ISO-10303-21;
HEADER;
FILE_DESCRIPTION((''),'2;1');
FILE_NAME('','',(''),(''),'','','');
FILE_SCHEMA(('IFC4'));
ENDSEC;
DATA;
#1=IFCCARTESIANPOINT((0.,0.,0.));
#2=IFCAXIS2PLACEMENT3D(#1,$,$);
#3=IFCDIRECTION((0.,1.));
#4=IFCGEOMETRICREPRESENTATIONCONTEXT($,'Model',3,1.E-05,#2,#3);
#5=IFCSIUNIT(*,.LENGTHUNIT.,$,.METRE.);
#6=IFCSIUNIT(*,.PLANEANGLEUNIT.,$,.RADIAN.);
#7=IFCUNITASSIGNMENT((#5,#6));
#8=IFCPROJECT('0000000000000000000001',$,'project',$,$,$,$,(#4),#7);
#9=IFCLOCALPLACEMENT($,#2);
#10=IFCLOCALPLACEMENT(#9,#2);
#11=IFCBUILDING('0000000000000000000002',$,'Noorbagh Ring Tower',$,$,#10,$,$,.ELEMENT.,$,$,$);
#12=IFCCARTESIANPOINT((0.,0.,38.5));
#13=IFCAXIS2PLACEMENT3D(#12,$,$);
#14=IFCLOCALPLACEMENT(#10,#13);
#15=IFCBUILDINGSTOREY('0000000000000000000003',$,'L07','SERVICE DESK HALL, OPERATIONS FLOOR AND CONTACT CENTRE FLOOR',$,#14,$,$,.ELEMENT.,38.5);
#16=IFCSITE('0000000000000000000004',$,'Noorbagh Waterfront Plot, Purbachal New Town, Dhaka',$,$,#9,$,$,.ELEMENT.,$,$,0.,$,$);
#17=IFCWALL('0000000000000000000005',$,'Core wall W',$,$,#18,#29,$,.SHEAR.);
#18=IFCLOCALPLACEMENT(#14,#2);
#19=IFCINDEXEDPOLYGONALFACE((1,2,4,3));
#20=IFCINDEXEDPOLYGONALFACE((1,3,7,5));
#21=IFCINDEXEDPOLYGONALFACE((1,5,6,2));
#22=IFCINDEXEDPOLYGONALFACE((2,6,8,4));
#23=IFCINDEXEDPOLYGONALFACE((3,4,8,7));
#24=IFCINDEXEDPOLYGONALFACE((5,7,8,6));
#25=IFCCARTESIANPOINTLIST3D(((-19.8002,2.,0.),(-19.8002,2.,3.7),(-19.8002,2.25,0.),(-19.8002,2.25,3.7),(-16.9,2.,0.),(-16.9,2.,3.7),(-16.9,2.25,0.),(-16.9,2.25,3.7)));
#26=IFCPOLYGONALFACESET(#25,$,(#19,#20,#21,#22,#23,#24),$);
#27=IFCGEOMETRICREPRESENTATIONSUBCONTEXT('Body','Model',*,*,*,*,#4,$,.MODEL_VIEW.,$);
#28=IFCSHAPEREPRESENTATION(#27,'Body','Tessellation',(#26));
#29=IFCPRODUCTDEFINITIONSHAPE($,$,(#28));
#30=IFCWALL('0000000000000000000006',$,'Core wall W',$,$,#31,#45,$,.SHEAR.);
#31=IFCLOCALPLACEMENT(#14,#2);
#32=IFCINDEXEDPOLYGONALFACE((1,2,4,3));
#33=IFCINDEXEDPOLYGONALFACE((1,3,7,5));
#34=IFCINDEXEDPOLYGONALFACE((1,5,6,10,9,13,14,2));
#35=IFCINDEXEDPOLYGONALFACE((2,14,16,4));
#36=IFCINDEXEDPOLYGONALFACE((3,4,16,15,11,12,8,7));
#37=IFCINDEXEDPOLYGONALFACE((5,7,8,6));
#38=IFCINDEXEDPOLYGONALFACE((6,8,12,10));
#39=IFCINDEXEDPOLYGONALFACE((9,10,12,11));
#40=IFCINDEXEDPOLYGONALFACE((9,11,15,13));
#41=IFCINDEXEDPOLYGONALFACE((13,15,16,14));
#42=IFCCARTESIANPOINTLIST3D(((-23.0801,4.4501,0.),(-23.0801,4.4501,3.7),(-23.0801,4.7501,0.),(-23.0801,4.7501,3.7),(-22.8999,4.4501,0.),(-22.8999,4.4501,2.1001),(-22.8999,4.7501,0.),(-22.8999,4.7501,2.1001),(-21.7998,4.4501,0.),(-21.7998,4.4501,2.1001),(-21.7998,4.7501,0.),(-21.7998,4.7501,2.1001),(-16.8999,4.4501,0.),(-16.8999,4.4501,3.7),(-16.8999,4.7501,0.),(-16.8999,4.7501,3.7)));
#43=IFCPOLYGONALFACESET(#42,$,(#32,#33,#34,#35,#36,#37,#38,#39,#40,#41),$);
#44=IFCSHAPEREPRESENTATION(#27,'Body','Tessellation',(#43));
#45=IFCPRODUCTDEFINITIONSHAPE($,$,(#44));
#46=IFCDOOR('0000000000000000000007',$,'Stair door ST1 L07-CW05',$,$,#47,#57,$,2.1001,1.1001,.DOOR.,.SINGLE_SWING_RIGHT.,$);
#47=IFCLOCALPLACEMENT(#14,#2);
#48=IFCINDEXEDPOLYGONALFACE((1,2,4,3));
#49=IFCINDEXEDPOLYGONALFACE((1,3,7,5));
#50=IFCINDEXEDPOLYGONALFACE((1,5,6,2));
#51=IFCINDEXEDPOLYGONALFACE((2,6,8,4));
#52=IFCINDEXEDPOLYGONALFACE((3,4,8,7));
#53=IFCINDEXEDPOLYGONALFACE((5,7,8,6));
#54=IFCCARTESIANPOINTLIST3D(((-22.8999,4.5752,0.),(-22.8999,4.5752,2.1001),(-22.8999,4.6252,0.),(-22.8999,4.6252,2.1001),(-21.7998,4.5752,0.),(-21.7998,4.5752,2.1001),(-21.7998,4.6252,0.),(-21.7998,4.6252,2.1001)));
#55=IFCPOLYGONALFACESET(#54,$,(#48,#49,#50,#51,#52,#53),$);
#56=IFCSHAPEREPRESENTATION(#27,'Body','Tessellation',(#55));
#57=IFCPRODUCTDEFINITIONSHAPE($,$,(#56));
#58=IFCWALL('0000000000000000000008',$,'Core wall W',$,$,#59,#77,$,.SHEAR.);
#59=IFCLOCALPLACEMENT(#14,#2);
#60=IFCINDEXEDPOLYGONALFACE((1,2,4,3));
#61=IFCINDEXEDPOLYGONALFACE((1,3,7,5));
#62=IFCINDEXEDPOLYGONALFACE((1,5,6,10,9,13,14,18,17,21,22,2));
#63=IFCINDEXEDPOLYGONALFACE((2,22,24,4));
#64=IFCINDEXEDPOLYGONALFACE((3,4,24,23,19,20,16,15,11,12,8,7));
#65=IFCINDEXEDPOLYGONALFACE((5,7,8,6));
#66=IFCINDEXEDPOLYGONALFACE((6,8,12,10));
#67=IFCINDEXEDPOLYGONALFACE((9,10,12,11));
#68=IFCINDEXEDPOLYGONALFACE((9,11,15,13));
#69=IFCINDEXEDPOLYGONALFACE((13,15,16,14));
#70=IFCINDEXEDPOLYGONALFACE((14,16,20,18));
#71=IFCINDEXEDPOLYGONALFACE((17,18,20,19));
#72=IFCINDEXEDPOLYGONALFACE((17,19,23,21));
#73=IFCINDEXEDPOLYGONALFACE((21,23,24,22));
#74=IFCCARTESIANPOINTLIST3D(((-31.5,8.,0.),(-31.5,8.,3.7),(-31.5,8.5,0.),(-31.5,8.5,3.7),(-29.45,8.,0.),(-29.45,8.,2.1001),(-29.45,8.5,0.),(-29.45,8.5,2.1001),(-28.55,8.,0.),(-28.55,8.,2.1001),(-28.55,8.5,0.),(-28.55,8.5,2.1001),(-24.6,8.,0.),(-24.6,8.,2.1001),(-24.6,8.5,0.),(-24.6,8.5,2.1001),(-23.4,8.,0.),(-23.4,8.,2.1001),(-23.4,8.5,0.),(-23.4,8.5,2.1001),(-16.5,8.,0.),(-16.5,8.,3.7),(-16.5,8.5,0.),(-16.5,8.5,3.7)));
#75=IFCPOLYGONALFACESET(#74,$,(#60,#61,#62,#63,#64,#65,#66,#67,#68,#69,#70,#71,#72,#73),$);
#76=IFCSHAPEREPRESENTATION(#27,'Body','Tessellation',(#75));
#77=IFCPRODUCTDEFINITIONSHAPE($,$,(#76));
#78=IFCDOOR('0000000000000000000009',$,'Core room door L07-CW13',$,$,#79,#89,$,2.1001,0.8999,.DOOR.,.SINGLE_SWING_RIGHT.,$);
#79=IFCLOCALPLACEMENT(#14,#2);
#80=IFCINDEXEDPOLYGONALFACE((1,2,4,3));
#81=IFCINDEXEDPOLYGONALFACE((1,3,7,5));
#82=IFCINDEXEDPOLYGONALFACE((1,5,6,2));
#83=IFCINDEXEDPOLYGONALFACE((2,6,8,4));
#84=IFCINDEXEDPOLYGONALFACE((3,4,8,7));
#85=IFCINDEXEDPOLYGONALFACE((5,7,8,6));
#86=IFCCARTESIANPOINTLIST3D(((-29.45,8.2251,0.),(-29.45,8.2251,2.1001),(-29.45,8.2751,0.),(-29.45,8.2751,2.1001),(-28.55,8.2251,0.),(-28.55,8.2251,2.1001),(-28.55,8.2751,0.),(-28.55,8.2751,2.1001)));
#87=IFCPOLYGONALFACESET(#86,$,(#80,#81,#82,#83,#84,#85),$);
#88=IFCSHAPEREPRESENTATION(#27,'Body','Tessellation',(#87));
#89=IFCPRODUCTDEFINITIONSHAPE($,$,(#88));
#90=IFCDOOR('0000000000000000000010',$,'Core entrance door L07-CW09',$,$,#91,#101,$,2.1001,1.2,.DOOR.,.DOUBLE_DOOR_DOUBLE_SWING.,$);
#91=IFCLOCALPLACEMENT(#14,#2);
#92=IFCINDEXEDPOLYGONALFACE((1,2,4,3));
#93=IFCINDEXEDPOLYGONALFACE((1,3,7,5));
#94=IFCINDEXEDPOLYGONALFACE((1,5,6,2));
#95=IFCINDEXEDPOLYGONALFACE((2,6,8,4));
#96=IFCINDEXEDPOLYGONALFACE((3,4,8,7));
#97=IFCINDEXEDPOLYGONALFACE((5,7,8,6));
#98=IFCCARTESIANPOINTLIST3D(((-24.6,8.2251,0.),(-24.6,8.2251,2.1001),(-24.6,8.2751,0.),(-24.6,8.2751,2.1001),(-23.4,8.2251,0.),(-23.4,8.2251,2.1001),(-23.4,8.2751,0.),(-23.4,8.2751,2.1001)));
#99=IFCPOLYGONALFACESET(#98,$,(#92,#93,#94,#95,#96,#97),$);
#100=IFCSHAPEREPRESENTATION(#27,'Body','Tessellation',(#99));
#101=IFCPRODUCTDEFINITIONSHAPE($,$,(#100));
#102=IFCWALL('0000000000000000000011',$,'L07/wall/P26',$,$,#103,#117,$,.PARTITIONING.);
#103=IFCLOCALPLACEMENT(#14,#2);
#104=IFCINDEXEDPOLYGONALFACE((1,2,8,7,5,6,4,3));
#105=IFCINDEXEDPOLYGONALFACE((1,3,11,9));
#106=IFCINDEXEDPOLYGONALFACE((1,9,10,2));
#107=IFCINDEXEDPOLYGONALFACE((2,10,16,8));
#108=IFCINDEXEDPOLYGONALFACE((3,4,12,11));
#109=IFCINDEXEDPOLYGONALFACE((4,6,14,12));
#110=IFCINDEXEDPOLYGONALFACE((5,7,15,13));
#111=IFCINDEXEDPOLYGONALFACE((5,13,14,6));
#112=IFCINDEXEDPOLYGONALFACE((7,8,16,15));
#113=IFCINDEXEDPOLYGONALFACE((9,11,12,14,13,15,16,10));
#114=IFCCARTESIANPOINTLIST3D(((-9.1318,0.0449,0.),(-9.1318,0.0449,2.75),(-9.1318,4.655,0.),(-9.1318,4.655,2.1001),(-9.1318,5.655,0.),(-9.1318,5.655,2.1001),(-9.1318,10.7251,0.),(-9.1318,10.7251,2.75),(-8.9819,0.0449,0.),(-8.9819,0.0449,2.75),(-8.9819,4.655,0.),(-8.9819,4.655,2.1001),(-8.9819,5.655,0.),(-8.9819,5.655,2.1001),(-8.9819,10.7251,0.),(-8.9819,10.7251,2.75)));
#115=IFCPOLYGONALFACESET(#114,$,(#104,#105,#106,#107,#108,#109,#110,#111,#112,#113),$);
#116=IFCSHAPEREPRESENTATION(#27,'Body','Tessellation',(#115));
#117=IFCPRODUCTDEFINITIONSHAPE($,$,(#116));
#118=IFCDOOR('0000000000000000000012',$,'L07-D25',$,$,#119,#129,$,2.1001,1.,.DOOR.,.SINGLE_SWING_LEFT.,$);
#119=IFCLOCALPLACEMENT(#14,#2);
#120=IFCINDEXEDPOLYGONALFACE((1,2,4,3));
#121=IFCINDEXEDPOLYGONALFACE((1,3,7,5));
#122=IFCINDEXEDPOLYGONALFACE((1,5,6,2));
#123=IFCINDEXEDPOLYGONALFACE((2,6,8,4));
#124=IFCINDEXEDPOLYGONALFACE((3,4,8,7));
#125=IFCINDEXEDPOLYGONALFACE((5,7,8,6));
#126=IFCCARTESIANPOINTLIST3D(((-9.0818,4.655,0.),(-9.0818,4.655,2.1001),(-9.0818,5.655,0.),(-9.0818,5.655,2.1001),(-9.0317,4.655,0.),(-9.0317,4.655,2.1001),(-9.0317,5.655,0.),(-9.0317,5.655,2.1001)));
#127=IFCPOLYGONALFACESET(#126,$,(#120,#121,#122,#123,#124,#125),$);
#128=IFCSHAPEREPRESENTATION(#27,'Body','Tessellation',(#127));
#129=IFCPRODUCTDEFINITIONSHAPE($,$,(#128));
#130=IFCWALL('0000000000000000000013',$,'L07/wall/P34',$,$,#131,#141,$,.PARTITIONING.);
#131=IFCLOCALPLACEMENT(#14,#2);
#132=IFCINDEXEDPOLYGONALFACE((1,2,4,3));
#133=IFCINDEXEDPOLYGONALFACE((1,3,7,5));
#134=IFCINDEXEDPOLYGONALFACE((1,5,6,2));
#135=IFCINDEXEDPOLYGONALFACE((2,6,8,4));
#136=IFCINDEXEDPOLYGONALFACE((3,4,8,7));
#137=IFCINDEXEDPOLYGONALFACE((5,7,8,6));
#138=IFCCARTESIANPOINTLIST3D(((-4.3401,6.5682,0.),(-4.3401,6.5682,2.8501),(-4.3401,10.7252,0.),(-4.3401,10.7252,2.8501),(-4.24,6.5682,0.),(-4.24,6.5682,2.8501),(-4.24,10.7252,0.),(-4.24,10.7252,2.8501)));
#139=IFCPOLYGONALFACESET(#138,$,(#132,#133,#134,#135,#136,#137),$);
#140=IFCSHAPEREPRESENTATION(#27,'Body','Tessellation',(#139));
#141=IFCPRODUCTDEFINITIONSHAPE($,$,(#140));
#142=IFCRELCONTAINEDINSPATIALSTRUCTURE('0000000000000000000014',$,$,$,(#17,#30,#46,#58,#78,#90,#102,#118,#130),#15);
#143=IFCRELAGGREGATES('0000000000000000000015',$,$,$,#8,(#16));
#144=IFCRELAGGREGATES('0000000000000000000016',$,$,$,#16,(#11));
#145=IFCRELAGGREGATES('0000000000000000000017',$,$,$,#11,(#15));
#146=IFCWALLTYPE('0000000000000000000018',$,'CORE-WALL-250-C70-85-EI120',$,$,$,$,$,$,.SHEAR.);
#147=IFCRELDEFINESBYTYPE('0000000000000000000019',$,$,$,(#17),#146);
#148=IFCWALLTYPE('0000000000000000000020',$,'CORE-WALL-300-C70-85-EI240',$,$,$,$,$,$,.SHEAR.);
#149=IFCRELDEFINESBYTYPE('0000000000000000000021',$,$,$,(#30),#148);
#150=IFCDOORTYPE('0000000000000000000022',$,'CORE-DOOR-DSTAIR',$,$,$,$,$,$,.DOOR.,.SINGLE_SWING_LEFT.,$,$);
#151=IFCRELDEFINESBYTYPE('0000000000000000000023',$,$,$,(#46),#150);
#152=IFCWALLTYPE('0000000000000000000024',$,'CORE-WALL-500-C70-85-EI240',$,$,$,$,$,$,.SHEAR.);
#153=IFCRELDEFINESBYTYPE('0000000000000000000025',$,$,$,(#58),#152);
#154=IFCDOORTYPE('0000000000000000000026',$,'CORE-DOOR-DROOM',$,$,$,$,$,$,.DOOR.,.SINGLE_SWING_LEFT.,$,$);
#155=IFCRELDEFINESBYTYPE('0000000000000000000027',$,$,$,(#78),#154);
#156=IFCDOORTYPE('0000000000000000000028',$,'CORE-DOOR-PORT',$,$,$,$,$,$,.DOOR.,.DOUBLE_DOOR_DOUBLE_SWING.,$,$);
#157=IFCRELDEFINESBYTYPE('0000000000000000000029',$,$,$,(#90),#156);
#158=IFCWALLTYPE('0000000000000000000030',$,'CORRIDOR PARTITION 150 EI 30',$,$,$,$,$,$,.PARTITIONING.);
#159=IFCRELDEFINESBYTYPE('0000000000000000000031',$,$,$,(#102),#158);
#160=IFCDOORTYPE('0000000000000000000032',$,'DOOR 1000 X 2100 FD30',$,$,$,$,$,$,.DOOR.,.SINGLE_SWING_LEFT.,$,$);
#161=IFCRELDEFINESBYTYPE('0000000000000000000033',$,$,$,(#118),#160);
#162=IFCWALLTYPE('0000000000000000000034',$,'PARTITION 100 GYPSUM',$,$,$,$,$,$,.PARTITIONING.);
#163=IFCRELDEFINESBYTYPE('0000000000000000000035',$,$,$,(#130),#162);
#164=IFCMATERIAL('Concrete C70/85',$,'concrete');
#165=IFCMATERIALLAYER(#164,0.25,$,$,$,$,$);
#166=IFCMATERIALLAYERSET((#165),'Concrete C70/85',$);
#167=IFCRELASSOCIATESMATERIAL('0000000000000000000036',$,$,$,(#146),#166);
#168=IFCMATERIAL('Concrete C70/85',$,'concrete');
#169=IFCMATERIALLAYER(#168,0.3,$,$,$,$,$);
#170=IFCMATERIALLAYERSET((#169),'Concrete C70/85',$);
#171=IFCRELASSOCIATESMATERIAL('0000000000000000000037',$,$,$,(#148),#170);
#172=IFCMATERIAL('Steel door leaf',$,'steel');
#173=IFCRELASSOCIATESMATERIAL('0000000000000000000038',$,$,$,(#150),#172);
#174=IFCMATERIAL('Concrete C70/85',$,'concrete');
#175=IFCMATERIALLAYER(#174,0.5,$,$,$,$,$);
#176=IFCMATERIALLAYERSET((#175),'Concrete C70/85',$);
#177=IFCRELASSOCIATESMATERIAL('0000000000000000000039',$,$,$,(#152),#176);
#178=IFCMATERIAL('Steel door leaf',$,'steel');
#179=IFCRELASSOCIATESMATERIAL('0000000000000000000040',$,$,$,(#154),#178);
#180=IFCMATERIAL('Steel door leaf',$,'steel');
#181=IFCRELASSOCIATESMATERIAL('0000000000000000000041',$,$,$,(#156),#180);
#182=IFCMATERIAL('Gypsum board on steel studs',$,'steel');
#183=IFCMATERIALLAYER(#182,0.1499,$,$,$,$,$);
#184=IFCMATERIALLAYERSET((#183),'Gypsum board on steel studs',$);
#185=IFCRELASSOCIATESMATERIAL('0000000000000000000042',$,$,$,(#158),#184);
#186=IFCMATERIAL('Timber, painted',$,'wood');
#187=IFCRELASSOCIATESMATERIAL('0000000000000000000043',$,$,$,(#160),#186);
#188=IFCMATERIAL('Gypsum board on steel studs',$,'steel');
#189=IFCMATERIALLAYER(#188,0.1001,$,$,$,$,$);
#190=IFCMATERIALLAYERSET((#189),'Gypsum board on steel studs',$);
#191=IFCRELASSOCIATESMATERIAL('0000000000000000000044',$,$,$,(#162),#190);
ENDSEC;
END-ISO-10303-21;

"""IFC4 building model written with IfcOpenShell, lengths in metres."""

from ifc_helpers import new_model, si_unit, direction, frame, frame_2d, origin, place, context, subcontext, project, spatial, rectangle, extrude, material, layer, layer_set, type_object, element, fill, save


model = new_model("IFC4")

# Units and contexts
model_context = context("Model", 3, precision=1e-05, world=origin(), true_north=direction((0.0, 1.0)))
body_context = subcontext(model_context, "Body", "Model", "MODEL_VIEW")
ifc_project = project(units=[si_unit("LENGTHUNIT", "METRE"), si_unit("PLANEANGLEUNIT", "RADIAN")], contexts=[model_context])

# Site, building, storey
site_placement = place(None, origin())
site = spatial("IfcSite", under=ifc_project, at=site_placement, Name="Noorbagh Waterfront Plot, Purbachal New Town, Dhaka", CompositionType="ELEMENT", RefElevation=0.0)
building_placement = place(site_placement, origin())
building = spatial("IfcBuilding", under=site, at=building_placement, Name="Noorbagh Ring Tower", CompositionType="ELEMENT")
storey_placement = place(building_placement, frame((0.0, 0.0, 38.5)))
storey = spatial("IfcBuildingStorey", under=building, at=storey_placement, Name="L07", Description="SERVICE DESK HALL, OPERATIONS FLOOR AND CONTACT CENTRE FLOOR", CompositionType="ELEMENT", Elevation=38.5)

# Wall
ifc_material_1 = material(Name="Concrete C70/85", Category="concrete")
ifc_layer_1 = layer(ifc_material_1, 0.25)
ifc_layer_set_1 = layer_set([ifc_layer_1], Name="Concrete C70/85")
wall_type_1 = type_object("IfcWallType", Name="CORE-WALL-250-C70-85-EI120", PredefinedType="SHEAR", material=ifc_layer_set_1)
wall_1_placement = place(storey_placement, frame((-16.8999, 2.125, 0.0), z_axis=(0.0, 0.0, 1.0), x_axis=(-1.0, 0.0, 0.0)))
element("IfcWall", 1, at=wall_1_placement, inside=storey, type_object=wall_type_1, Name="Core wall W", PredefinedType="SHEAR", context=body_context, shape_type="SweptSolid", body=[
    extrude(rectangle(XDim=2.9001, YDim=0.25, at=frame_2d((1.4502, 0.0))), origin(), (0.0, 0.0, 1.0), 3.7),
])

# Wall, opening, door
ifc_material_2 = material(Name="Concrete C70/85", Category="concrete")
ifc_layer_2 = layer(ifc_material_2, 0.3)
ifc_layer_set_2 = layer_set([ifc_layer_2], Name="Concrete C70/85")
wall_type_2 = type_object("IfcWallType", Name="CORE-WALL-300-C70-85-EI240", PredefinedType="SHEAR", material=ifc_layer_set_2)
wall_2_placement = place(storey_placement, frame((-16.8999, 4.6001, 0.0), z_axis=(0.0, 0.0, 1.0), x_axis=(-1.0, 0.0, 0.0)))
wall_2 = element("IfcWall", 2, at=wall_2_placement, inside=storey, type_object=wall_type_2, Name="Core wall W", PredefinedType="SHEAR", context=body_context, shape_type="SweptSolid", body=[
    extrude(rectangle(XDim=6.1802, YDim=0.3, at=frame_2d((3.0901, 0.0))), origin(), (0.0, 0.0, 1.0), 3.7),
])
opening_1_placement = place(wall_2_placement, frame((4.8999, 0.0, 0.0)))
opening_1 = element("IfcOpeningElement", 3, at=opening_1_placement, cuts=wall_2, PredefinedType="OPENING", context=body_context, shape_type="SweptSolid", body=[
    extrude(rectangle(XDim=1.1001, YDim=2.1001, at=frame_2d((0.55, 1.05))), frame((0.0, 0.1602, 0.0), z_axis=(0.0, -1.0, 0.0), x_axis=(1.0, 0.0, 0.0)), (0.0, 0.0, 1.0), 0.3201),
])
ifc_material_3 = material(Name="Steel door leaf", Category="steel")
door_type_1 = type_object("IfcDoorType", Name="CORE-DOOR-DSTAIR", OperationType="SINGLE_SWING_LEFT", PredefinedType="DOOR", material=ifc_material_3)
door_1_placement = place(opening_1_placement, origin())
door_1 = element("IfcDoor", 4, at=door_1_placement, inside=storey, type_object=door_type_1, Name="Stair door ST1 L07-CW05", OperationType="SINGLE_SWING_RIGHT", OverallHeight=2.1001, OverallWidth=1.1001, PredefinedType="DOOR", context=body_context, shape_type="SweptSolid", body=[
    extrude(rectangle(XDim=1.1001, YDim=2.1001, at=frame_2d((0.55, 1.05))), frame((0.0, 0.0249, 0.0), z_axis=(0.0, -1.0, 0.0), x_axis=(1.0, 0.0, 0.0)), (0.0, 0.0, 1.0), 0.05),
])
fill(opening_1, door_1)

# Wall, openings, doors
ifc_material_4 = material(Name="Concrete C70/85", Category="concrete")
ifc_layer_3 = layer(ifc_material_4, 0.5)
ifc_layer_set_3 = layer_set([ifc_layer_3], Name="Concrete C70/85")
wall_type_3 = type_object("IfcWallType", Name="CORE-WALL-500-C70-85-EI240", PredefinedType="SHEAR", material=ifc_layer_set_3)
wall_3_placement = place(storey_placement, frame((-16.5, 8.25, 0.0), z_axis=(0.0, 0.0, 1.0), x_axis=(-1.0, 0.0, 0.0)))
wall_3 = element("IfcWall", 5, at=wall_3_placement, inside=storey, type_object=wall_type_3, Name="Core wall W", PredefinedType="SHEAR", context=body_context, shape_type="SweptSolid", body=[
    extrude(rectangle(XDim=15.0, YDim=0.5, at=frame_2d((7.5, 0.0))), origin(), (0.0, 0.0, 1.0), 3.7),
])
opening_2_placement = place(wall_3_placement, frame((6.8999, 0.0, 0.0)))
opening_2 = element("IfcOpeningElement", 6, at=opening_2_placement, cuts=wall_3, PredefinedType="OPENING", context=body_context, shape_type="SweptSolid", body=[
    extrude(rectangle(XDim=1.2, YDim=2.1001, at=frame_2d((0.6001, 1.05))), frame((0.0, 0.26, 0.0), z_axis=(0.0, -1.0, 0.0), x_axis=(1.0, 0.0, 0.0)), (0.0, 0.0, 1.0), 0.52),
])
opening_3_placement = place(wall_3_placement, frame((12.05, 0.0, 0.0)))
opening_3 = element("IfcOpeningElement", 7, at=opening_3_placement, cuts=wall_3, PredefinedType="OPENING", context=body_context, shape_type="SweptSolid", body=[
    extrude(rectangle(XDim=0.8999, YDim=2.1001, at=frame_2d((0.45, 1.05))), frame((0.0, 0.26, 0.0), z_axis=(0.0, -1.0, 0.0), x_axis=(1.0, 0.0, 0.0)), (0.0, 0.0, 1.0), 0.52),
])
ifc_material_5 = material(Name="Steel door leaf", Category="steel")
door_type_2 = type_object("IfcDoorType", Name="CORE-DOOR-DROOM", OperationType="SINGLE_SWING_LEFT", PredefinedType="DOOR", material=ifc_material_5)
door_2_placement = place(opening_3_placement, origin())
door_2 = element("IfcDoor", 8, at=door_2_placement, inside=storey, type_object=door_type_2, Name="Core room door L07-CW13", OperationType="SINGLE_SWING_RIGHT", OverallHeight=2.1001, OverallWidth=0.8999, PredefinedType="DOOR", context=body_context, shape_type="SweptSolid", body=[
    extrude(rectangle(XDim=0.8999, YDim=2.1001, at=frame_2d((0.45, 1.05))), frame((0.0, 0.0249, 0.0), z_axis=(0.0, -1.0, 0.0), x_axis=(1.0, 0.0, 0.0)), (0.0, 0.0, 1.0), 0.05),
])
fill(opening_3, door_2)
ifc_material_6 = material(Name="Steel door leaf", Category="steel")
door_type_3 = type_object("IfcDoorType", Name="CORE-DOOR-PORT", OperationType="DOUBLE_DOOR_DOUBLE_SWING", PredefinedType="DOOR", material=ifc_material_6)
door_3_placement = place(opening_2_placement, origin())
door_3 = element("IfcDoor", 9, at=door_3_placement, inside=storey, type_object=door_type_3, Name="Core entrance door L07-CW09", OperationType="DOUBLE_DOOR_DOUBLE_SWING", OverallHeight=2.1001, OverallWidth=1.2, PredefinedType="DOOR", context=body_context, shape_type="SweptSolid", body=[
    extrude(rectangle(XDim=1.2, YDim=2.1001, at=frame_2d((0.6001, 1.05))), frame((0.0, 0.0249, 0.0), z_axis=(0.0, -1.0, 0.0), x_axis=(1.0, 0.0, 0.0)), (0.0, 0.0, 1.0), 0.05),
])
fill(opening_2, door_3)

# Wall, opening, door
ifc_material_7 = material(Name="Gypsum board on steel studs", Category="steel")
ifc_layer_4 = layer(ifc_material_7, 0.1499)
ifc_layer_set_4 = layer_set([ifc_layer_4], Name="Gypsum board on steel studs")
wall_type_4 = type_object("IfcWallType", Name="CORRIDOR PARTITION 150 EI 30", PredefinedType="PARTITIONING", material=ifc_layer_set_4)
wall_4_placement = place(storey_placement, frame((-9.0569, 0.0449, 0.0), z_axis=(0.0, 0.0, 1.0), x_axis=(0.0, 1.0, 0.0)))
wall_4 = element("IfcWall", 10, at=wall_4_placement, inside=storey, type_object=wall_type_4, Name="L07/wall/P26", PredefinedType="PARTITIONING", context=body_context, shape_type="SweptSolid", body=[
    extrude(rectangle(XDim=10.6802, YDim=0.1499, at=frame_2d((5.3401, 0.0))), origin(), (0.0, 0.0, 1.0), 2.75),
])
opening_4_placement = place(wall_4_placement, frame((4.6101, 0.0, 0.0)))
opening_4 = element("IfcOpeningElement", 11, at=opening_4_placement, cuts=wall_4, PredefinedType="OPENING", context=body_context, shape_type="SweptSolid", body=[
    extrude(rectangle(XDim=1.0, YDim=2.1001, at=frame_2d((0.5, 1.05))), frame((0.0, 0.085, 0.0), z_axis=(0.0, -1.0, 0.0), x_axis=(1.0, 0.0, 0.0)), (0.0, 0.0, 1.0), 0.1699),
])
ifc_material_8 = material(Name="Timber, painted", Category="wood")
door_type_4 = type_object("IfcDoorType", Name="DOOR 1000 X 2100 FD30", OperationType="SINGLE_SWING_LEFT", PredefinedType="DOOR", material=ifc_material_8)
door_4_placement = place(opening_4_placement, origin())
door_4 = element("IfcDoor", 12, at=door_4_placement, inside=storey, type_object=door_type_4, Name="L07-D25", OperationType="SINGLE_SWING_LEFT", OverallHeight=2.1001, OverallWidth=1.0, PredefinedType="DOOR", context=body_context, shape_type="SweptSolid", body=[
    extrude(rectangle(XDim=1.0, YDim=2.1001, at=frame_2d((0.5, 1.05))), frame((0.0, 0.0249, 0.0), z_axis=(0.0, -1.0, 0.0), x_axis=(1.0, 0.0, 0.0)), (0.0, 0.0, 1.0), 0.05),
])
fill(opening_4, door_4)

# Wall
ifc_material_9 = material(Name="Gypsum board on steel studs", Category="steel")
ifc_layer_5 = layer(ifc_material_9, 0.1001)
ifc_layer_set_5 = layer_set([ifc_layer_5], Name="Gypsum board on steel studs")
wall_type_5 = type_object("IfcWallType", Name="PARTITION 100 GYPSUM", PredefinedType="PARTITIONING", material=ifc_layer_set_5)
wall_5_placement = place(storey_placement, frame((-4.29, 6.5681, 0.0), z_axis=(0.0, 0.0, 1.0), x_axis=(0.0, 1.0, 0.0)))
element("IfcWall", 13, at=wall_5_placement, inside=storey, type_object=wall_type_5, Name="L07/wall/P34", PredefinedType="PARTITIONING", context=body_context, shape_type="SweptSolid", body=[
    extrude(rectangle(XDim=4.157, YDim=0.1001, at=frame_2d((2.0786, 0.0))), origin(), (0.0, 0.0, 1.0), 2.8501),
])

save(model, "model.ifc")
